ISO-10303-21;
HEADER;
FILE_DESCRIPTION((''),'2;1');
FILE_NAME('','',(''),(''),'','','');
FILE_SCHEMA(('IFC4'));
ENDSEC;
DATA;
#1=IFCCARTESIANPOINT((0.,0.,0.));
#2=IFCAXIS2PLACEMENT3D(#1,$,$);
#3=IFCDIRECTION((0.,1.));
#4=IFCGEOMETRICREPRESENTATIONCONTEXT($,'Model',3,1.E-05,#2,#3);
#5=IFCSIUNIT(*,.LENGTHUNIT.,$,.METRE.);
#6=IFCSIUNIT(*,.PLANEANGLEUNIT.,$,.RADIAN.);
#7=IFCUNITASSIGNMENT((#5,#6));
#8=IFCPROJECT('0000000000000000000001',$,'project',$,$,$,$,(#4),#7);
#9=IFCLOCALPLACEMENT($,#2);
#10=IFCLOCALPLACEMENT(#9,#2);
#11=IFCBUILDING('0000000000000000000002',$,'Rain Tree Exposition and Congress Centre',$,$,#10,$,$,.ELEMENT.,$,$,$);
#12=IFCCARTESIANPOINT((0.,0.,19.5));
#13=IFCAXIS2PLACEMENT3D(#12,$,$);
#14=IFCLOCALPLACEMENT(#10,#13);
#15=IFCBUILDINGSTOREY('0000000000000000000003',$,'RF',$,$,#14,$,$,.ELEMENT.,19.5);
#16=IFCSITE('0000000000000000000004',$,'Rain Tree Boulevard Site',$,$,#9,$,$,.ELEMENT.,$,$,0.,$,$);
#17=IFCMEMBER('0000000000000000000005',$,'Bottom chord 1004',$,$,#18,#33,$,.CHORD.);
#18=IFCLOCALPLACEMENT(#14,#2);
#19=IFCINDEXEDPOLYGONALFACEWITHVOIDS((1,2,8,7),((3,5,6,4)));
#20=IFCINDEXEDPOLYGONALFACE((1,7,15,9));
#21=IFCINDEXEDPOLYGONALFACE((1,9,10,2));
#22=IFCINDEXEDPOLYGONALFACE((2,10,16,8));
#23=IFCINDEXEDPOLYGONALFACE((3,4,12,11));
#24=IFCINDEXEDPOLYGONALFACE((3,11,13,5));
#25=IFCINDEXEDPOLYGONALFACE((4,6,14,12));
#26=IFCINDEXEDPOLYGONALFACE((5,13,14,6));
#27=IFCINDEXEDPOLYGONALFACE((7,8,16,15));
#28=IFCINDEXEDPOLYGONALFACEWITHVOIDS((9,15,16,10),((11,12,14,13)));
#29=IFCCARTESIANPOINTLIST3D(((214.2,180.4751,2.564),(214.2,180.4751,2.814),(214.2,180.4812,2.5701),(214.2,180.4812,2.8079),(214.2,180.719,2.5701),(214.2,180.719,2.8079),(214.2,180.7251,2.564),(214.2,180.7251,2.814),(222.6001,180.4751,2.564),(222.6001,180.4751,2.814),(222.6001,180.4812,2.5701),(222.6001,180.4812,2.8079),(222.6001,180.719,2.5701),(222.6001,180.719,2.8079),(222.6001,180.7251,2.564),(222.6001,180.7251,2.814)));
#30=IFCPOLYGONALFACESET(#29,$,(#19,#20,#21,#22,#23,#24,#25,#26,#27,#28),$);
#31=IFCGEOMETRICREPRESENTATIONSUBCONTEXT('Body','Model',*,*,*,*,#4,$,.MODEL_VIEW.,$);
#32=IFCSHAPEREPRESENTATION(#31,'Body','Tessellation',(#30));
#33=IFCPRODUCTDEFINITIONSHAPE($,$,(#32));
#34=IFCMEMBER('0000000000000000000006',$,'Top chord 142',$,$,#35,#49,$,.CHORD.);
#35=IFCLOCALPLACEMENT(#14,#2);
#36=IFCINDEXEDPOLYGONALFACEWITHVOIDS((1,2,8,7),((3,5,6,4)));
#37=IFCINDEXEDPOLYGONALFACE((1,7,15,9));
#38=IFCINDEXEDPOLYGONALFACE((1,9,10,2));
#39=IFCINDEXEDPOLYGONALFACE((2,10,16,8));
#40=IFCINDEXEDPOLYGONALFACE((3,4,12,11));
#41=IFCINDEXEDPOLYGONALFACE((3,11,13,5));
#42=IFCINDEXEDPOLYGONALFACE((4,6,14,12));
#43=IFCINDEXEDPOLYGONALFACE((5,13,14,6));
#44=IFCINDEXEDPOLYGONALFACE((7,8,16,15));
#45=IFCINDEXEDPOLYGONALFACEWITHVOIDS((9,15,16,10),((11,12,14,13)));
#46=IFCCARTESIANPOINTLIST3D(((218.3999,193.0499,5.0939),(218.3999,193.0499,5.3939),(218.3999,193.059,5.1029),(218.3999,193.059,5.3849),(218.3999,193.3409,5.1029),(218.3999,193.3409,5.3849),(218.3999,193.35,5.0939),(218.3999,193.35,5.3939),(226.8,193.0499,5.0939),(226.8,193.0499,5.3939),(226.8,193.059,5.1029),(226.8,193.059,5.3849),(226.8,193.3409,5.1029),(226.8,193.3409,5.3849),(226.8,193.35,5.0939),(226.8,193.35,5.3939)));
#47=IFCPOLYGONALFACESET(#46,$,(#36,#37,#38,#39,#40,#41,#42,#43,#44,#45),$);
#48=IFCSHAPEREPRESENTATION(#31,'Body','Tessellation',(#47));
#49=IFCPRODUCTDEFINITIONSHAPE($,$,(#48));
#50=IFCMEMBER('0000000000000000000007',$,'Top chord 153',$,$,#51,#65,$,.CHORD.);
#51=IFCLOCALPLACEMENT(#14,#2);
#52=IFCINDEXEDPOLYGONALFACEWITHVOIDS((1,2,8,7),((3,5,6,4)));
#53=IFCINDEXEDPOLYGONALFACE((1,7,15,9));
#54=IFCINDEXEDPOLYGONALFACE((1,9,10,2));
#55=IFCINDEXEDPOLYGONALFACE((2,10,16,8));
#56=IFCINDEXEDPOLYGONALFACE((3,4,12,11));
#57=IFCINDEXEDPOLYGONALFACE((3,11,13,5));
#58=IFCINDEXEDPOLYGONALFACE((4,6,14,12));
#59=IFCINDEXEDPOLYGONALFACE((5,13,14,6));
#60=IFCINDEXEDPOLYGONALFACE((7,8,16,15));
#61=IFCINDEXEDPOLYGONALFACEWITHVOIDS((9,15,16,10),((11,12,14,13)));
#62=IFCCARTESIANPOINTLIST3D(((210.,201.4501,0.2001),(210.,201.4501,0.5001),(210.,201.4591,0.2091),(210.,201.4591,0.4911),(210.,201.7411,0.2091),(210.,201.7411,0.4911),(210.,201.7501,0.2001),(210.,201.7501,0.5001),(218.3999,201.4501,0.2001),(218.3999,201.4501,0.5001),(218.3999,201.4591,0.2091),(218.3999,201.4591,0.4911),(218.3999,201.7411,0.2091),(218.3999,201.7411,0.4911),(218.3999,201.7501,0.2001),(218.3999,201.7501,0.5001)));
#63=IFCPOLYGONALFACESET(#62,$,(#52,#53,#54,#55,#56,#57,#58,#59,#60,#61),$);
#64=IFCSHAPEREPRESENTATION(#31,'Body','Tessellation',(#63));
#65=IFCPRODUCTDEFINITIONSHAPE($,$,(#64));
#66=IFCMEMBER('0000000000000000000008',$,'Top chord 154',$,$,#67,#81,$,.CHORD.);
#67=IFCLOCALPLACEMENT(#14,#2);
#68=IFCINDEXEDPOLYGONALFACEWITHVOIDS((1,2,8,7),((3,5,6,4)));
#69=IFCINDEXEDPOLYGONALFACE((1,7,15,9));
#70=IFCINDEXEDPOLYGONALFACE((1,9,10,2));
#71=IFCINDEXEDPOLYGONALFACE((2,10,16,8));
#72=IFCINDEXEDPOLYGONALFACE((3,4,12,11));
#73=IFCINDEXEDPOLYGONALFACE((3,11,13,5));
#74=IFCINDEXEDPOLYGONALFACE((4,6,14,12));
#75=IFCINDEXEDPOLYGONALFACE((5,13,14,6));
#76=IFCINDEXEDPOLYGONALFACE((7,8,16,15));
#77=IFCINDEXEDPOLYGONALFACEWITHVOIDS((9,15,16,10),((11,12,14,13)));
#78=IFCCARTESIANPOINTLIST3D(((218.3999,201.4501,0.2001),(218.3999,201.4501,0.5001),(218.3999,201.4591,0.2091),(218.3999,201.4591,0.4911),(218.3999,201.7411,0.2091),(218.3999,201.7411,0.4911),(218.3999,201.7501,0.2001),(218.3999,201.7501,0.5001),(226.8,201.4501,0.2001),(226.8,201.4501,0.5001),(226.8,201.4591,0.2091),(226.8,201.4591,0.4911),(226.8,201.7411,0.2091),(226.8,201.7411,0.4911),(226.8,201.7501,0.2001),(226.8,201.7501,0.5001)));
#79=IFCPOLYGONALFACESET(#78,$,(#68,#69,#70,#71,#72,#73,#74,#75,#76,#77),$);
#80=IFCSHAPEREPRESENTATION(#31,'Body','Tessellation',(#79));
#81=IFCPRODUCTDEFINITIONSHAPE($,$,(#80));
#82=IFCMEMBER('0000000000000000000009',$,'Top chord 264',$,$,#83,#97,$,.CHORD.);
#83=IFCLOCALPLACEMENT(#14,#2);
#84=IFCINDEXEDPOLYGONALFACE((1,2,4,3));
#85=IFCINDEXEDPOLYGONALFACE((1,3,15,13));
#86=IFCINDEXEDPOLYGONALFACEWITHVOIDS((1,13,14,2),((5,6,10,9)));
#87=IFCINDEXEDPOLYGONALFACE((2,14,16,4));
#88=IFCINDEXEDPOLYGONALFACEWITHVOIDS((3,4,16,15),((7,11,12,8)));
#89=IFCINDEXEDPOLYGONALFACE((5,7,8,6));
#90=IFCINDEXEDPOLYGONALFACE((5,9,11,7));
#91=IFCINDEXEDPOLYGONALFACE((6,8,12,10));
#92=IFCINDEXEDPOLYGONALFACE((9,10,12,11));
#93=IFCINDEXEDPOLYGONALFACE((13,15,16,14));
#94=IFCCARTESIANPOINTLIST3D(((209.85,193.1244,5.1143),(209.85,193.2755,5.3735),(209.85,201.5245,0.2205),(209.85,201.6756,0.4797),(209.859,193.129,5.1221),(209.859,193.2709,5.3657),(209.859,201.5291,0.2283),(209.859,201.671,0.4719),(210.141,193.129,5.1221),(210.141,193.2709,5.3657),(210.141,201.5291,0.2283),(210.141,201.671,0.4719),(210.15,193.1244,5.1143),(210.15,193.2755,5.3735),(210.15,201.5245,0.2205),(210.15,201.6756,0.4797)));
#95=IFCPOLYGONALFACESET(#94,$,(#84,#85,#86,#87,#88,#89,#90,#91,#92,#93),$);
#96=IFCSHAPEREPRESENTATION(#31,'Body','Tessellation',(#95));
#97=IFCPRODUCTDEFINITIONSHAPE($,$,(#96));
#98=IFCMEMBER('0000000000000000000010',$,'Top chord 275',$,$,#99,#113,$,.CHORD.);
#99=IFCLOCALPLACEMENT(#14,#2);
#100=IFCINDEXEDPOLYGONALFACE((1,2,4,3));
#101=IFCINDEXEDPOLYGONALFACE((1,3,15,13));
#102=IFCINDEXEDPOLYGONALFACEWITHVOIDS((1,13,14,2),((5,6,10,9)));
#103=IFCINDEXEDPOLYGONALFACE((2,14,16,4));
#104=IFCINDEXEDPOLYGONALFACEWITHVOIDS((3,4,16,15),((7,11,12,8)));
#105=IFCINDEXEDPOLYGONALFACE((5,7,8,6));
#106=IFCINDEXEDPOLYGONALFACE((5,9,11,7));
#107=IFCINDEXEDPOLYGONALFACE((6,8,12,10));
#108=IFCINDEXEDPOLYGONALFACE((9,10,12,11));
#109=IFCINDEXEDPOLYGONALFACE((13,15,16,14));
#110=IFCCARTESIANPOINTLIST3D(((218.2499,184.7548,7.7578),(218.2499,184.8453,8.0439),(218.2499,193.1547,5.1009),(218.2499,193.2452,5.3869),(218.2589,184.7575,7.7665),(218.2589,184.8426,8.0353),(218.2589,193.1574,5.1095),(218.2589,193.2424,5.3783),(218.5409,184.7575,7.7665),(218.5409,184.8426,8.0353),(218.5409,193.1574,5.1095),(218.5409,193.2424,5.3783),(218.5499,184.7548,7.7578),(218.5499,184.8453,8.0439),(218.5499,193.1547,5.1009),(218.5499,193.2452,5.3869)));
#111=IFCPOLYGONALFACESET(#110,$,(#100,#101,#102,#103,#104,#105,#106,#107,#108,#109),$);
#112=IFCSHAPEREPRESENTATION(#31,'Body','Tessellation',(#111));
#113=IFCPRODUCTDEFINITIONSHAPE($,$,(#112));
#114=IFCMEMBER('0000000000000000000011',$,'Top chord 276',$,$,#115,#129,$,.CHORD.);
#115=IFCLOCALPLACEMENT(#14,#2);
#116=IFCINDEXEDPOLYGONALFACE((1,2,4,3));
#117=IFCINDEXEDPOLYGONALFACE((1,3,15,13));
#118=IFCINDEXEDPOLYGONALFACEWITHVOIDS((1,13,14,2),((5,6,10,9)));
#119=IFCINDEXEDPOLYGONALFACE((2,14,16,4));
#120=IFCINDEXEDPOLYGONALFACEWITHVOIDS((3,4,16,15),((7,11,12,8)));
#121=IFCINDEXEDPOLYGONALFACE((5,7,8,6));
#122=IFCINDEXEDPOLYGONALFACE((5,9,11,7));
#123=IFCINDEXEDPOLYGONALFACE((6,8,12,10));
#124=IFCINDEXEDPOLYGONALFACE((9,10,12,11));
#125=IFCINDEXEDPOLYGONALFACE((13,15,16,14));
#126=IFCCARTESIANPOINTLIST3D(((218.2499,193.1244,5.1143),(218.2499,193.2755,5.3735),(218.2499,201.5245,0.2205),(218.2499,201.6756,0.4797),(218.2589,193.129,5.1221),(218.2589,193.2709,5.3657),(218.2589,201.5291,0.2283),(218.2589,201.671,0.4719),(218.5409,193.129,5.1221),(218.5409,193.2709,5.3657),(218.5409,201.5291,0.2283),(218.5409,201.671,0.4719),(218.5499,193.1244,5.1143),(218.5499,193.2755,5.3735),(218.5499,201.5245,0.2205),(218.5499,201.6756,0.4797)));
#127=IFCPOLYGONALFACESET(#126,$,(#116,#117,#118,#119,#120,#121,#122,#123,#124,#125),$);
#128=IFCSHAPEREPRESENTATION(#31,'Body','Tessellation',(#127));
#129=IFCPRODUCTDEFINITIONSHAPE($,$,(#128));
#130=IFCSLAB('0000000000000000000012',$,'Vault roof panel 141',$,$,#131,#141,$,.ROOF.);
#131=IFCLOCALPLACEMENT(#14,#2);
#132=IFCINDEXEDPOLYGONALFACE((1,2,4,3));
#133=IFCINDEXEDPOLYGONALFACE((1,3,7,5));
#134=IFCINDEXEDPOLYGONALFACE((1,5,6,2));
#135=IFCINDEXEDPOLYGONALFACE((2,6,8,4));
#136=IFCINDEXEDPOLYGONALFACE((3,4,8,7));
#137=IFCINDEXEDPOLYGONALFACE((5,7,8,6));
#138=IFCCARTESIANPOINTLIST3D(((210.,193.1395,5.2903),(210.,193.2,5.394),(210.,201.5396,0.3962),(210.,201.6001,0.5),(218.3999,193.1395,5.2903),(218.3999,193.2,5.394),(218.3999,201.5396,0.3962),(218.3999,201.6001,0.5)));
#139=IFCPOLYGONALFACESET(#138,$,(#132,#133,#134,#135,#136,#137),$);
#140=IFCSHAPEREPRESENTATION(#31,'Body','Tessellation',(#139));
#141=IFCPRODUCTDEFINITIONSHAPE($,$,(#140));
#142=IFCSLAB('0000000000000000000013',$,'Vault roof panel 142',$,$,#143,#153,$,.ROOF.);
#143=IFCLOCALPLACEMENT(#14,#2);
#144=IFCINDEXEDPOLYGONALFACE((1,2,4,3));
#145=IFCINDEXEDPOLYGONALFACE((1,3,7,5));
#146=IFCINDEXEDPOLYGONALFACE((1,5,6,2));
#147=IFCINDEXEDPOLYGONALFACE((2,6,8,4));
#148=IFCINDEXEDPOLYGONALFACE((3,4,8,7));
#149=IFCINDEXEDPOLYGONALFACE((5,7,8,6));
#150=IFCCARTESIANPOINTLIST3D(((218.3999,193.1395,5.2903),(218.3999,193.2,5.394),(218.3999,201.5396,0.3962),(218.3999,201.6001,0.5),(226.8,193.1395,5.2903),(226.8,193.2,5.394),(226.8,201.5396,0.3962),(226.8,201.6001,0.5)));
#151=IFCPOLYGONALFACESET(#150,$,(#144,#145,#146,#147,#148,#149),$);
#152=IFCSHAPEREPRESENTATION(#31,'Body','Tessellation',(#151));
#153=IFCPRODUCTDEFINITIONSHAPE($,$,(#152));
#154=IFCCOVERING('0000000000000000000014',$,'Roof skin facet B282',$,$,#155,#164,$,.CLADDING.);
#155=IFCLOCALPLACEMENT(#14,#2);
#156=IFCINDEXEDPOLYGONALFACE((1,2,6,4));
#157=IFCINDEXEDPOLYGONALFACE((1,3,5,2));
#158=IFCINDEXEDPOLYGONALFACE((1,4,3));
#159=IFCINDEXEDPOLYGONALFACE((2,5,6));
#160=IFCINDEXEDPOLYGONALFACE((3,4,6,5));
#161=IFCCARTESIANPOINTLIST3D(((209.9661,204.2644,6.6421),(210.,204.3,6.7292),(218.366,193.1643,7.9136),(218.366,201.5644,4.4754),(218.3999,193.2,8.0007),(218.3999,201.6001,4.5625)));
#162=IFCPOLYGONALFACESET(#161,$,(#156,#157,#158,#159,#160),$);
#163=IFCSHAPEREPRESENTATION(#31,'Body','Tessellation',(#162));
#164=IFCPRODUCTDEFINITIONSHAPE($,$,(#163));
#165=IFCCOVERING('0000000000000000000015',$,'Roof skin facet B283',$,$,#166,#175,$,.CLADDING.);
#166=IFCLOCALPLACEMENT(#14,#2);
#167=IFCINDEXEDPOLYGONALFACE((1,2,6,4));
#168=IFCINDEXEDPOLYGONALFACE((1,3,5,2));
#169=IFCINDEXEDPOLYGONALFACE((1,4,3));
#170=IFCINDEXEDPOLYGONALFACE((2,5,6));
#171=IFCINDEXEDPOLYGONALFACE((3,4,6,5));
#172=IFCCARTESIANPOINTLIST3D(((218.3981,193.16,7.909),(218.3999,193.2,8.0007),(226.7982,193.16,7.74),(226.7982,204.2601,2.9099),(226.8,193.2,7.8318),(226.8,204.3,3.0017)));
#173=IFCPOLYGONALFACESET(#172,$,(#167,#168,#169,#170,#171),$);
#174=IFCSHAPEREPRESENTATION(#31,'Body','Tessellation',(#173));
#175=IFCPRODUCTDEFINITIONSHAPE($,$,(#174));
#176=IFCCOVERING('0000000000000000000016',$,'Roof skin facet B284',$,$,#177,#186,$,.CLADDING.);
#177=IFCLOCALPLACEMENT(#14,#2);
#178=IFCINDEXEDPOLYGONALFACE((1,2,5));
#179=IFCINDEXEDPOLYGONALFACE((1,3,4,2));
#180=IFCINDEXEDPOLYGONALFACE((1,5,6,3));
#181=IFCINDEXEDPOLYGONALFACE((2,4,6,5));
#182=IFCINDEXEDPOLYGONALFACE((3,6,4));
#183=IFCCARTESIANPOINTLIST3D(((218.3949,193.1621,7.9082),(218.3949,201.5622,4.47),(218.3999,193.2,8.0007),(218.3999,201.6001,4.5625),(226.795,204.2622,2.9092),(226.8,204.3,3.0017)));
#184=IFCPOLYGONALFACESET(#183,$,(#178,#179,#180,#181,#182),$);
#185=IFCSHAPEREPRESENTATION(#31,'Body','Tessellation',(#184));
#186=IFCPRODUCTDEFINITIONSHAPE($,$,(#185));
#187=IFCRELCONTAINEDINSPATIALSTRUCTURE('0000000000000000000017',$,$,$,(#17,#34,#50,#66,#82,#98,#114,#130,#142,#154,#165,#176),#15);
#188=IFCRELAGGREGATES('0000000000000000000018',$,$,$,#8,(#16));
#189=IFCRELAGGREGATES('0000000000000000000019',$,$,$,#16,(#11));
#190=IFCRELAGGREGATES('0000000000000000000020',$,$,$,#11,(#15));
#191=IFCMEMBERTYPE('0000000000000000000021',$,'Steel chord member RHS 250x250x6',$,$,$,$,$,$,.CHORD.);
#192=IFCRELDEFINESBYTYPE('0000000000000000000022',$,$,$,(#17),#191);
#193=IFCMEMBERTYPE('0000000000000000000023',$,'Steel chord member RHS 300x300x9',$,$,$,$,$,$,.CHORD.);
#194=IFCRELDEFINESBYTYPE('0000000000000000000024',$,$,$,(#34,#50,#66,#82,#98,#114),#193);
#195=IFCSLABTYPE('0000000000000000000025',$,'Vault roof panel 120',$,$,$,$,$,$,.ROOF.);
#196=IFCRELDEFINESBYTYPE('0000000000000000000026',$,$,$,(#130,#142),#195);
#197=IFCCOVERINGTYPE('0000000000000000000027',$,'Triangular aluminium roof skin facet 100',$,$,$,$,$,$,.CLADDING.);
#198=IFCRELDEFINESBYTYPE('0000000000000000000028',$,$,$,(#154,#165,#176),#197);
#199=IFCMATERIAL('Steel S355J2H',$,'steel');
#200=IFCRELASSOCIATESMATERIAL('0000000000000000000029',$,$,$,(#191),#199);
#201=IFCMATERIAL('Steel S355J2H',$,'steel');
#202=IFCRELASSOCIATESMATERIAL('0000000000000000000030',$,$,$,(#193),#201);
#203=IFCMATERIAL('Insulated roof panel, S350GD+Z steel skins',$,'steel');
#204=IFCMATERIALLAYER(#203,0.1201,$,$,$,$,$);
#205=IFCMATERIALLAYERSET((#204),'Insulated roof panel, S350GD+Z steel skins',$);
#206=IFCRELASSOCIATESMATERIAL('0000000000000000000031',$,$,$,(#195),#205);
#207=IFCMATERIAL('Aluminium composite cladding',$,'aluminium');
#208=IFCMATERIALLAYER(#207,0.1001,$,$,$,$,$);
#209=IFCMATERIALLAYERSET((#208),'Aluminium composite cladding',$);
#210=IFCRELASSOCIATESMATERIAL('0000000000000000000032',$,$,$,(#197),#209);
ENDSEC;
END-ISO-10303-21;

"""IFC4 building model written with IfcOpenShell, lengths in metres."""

from ifc_helpers import new_model, si_unit, direction, frame, origin, origin_2d, place, context, subcontext, project, spatial, polyline, hollow_rectangle, outline, extrude, material, layer, layer_set, material_profile, profile_set, type_object, element, save


model = new_model("IFC4")

# Units and contexts
model_context = context("Model", 3, precision=1e-05, world=origin(), true_north=direction((0.0, 1.0)))
body_context = subcontext(model_context, "Body", "Model", "MODEL_VIEW")
ifc_project = project(units=[si_unit("LENGTHUNIT", "METRE"), si_unit("PLANEANGLEUNIT", "RADIAN")], contexts=[model_context])

# Site, building, storey
site_placement = place(None, origin())
site = spatial("IfcSite", under=ifc_project, at=site_placement, Name="Rain Tree Boulevard Site", CompositionType="ELEMENT", RefElevation=0.0)
building_placement = place(site_placement, origin())
building = spatial("IfcBuilding", under=site, at=building_placement, Name="Rain Tree Exposition and Congress Centre", CompositionType="ELEMENT")
storey_placement = place(building_placement, frame((0.0, 0.0, 19.5)))
storey = spatial("IfcBuildingStorey", under=building, at=storey_placement, Name="RF", CompositionType="ELEMENT", Elevation=19.5)

# Members
ifc_material_1 = material(Name="Steel S355J2H", Category="steel")
ifc_material_profile_1 = material_profile(ifc_material_1, hollow_rectangle(XDim=0.25, YDim=0.25, WallThickness=0.0061, at=origin_2d()), Name="RHS 250x250x6")
ifc_profile_set_1 = profile_set([ifc_material_profile_1], Name="Steel S355J2H")
member_type_1 = type_object("IfcMemberType", Name="Steel chord member RHS 250x250x6", PredefinedType="CHORD", material=ifc_profile_set_1)
member_1_placement = place(storey_placement, frame((214.2, 180.6001, 2.689), z_axis=(1.0, 0.0, 0.0), x_axis=(0.0, 1.0, 0.0)))
element("IfcMember", 1, at=member_1_placement, inside=storey, type_object=member_type_1, Name="Bottom chord 1004", PredefinedType="CHORD", context=body_context, shape_type="SweptSolid", body=[
    extrude(hollow_rectangle(XDim=0.25, YDim=0.25, WallThickness=0.0061, at=origin_2d()), origin(), (0.0, 0.0, 1.0), 8.4001),
])
ifc_material_2 = material(Name="Steel S355J2H", Category="steel")
ifc_material_profile_2 = material_profile(ifc_material_2, hollow_rectangle(XDim=0.3, YDim=0.3, WallThickness=0.009, at=origin_2d()), Name="RHS 300x300x9")
ifc_profile_set_2 = profile_set([ifc_material_profile_2], Name="Steel S355J2H")
member_type_2 = type_object("IfcMemberType", Name="Steel chord member RHS 300x300x9", PredefinedType="CHORD", material=ifc_profile_set_2)
member_2_placement = place(storey_placement, frame((218.3999, 193.2, 5.2439), z_axis=(1.0, 0.0, 0.0), x_axis=(0.0, 1.0, 0.0)))
element("IfcMember", 2, at=member_2_placement, inside=storey, type_object=member_type_2, Name="Top chord 142", PredefinedType="CHORD", context=body_context, shape_type="SweptSolid", body=[
    extrude(hollow_rectangle(XDim=0.3, YDim=0.3, WallThickness=0.009, at=origin_2d()), origin(), (0.0, 0.0, 1.0), 8.4001),
])
member_3_placement = place(storey_placement, frame((210.0, 201.6001, 0.3501), z_axis=(1.0, 0.0, 0.0), x_axis=(0.0, 1.0, 0.0)))
element("IfcMember", 3, at=member_3_placement, inside=storey, type_object=member_type_2, Name="Top chord 153", PredefinedType="CHORD", context=body_context, shape_type="SweptSolid", body=[
    extrude(hollow_rectangle(XDim=0.3, YDim=0.3, WallThickness=0.009, at=origin_2d()), origin(), (0.0, 0.0, 1.0), 8.3999),
])
member_4_placement = place(storey_placement, frame((218.3999, 201.6001, 0.3501), z_axis=(1.0, 0.0, 0.0), x_axis=(0.0, 1.0, 0.0)))
element("IfcMember", 4, at=member_4_placement, inside=storey, type_object=member_type_2, Name="Top chord 154", PredefinedType="CHORD", context=body_context, shape_type="SweptSolid", body=[
    extrude(hollow_rectangle(XDim=0.3, YDim=0.3, WallThickness=0.009, at=origin_2d()), origin(), (0.0, 0.0, 1.0), 8.4001),
])
member_5_placement = place(storey_placement, frame((210.0, 193.2, 5.2439), z_axis=(0.0, 0.86406, -0.503388), x_axis=(-1.0, 0.0, 0.0)))
element("IfcMember", 5, at=member_5_placement, inside=storey, type_object=member_type_2, Name="Top chord 264", PredefinedType="CHORD", context=body_context, shape_type="SweptSolid", body=[
    extrude(hollow_rectangle(XDim=0.3, YDim=0.3, WallThickness=0.009, at=origin_2d()), origin(), (0.0, 0.0, 1.0), 9.7217),
])
member_6_placement = place(storey_placement, frame((218.3999, 184.8, 7.9009), z_axis=(0.0, 0.95344, -0.301584), x_axis=(-1.0, 0.0, 0.0)))
element("IfcMember", 6, at=member_6_placement, inside=storey, type_object=member_type_2, Name="Top chord 275", PredefinedType="CHORD", context=body_context, shape_type="SweptSolid", body=[
    extrude(hollow_rectangle(XDim=0.3, YDim=0.3, WallThickness=0.009, at=origin_2d()), origin(), (0.0, 0.0, 1.0), 8.8101),
])
member_7_placement = place(storey_placement, frame((218.3999, 193.2, 5.2439), z_axis=(0.0, 0.86406, -0.503388), x_axis=(-1.0, 0.0, 0.0)))
element("IfcMember", 7, at=member_7_placement, inside=storey, type_object=member_type_2, Name="Top chord 276", PredefinedType="CHORD", context=body_context, shape_type="SweptSolid", body=[
    extrude(hollow_rectangle(XDim=0.3, YDim=0.3, WallThickness=0.009, at=origin_2d()), origin(), (0.0, 0.0, 1.0), 9.7217),
])

# Slabs
ifc_material_3 = material(Name="Insulated roof panel, S350GD+Z steel skins", Category="steel")
ifc_layer_1 = layer(ifc_material_3, 0.1201)
ifc_layer_set_1 = layer_set([ifc_layer_1], Name="Insulated roof panel, S350GD+Z steel skins")
slab_type = type_object("IfcSlabType", Name="Vault roof panel 120", PredefinedType="ROOF", material=ifc_layer_set_1)
slab_1_placement = place(storey_placement, frame((210.0, 193.2, 5.394), z_axis=(0.0, 0.503407, 0.864049), x_axis=(1.0, 0.0, 0.0)))
element("IfcSlab", 8, at=slab_1_placement, inside=storey, type_object=slab_type, Name="Vault roof panel 141", PredefinedType="ROOF", context=body_context, shape_type="SweptSolid", body=[
    extrude(outline(polyline([(0.0, 0.0), (8.3999, 0.0), (8.3999, 9.7218), (0.0, 9.7218), (0.0, 0.0)])), origin(), (0.0, 0.0, -1.0), 0.1201),
])
slab_2_placement = place(storey_placement, frame((218.3999, 193.2, 5.394), z_axis=(0.0, 0.503407, 0.864049), x_axis=(1.0, 0.0, 0.0)))
element("IfcSlab", 9, at=slab_2_placement, inside=storey, type_object=slab_type, Name="Vault roof panel 142", PredefinedType="ROOF", context=body_context, shape_type="SweptSolid", body=[
    extrude(outline(polyline([(0.0, 0.0), (8.4001, 0.0), (8.4001, 9.7218), (0.0, 9.7218), (0.0, 0.0)])), origin(), (0.0, 0.0, -1.0), 0.1201),
])

# Coverings
ifc_material_4 = material(Name="Aluminium composite cladding", Category="aluminium")
ifc_layer_2 = layer(ifc_material_4, 0.1001)
ifc_layer_set_2 = layer_set([ifc_layer_2], Name="Aluminium composite cladding")
covering_type = type_object("IfcCoveringType", Name="Triangular aluminium roof skin facet 100", PredefinedType="CLADDING", material=ifc_layer_set_2)
covering_1_placement = place(storey_placement, frame((218.3999, 193.2, 8.0007), z_axis=(0.339122, 0.356357, 0.870635), x_axis=(0.0, 0.925477, -0.378804)))
element("IfcCovering", 10, at=covering_1_placement, inside=storey, type_object=covering_type, Name="Roof skin facet B282", PredefinedType="CLADDING", context=body_context, shape_type="SweptSolid", body=[
    extrude(outline(polyline([(0.0, 0.0), (9.0766, 0.0), (10.7545, 8.929), (0.0, 0.0)])), origin(), (0.0, 0.0, -1.0), 0.1001),
])
covering_2_placement = place(storey_placement, frame((218.3999, 193.2, 8.0007), z_axis=(0.018439, 0.398933, 0.916795), x_axis=(0.999798, 0.0, -0.020108)))
element("IfcCovering", 11, at=covering_2_placement, inside=storey, type_object=covering_type, Name="Roof skin facet B283", PredefinedType="CLADDING", context=body_context, shape_type="SweptSolid", body=[
    extrude(outline(polyline([(0.0, 0.0), (8.4018, 0.0), (8.499, 12.1051), (0.0, 0.0)])), origin(), (0.0, 0.0, -1.0), 0.1001),
])
covering_3_placement = place(storey_placement, frame((218.3999, 193.2, 8.0007), z_axis=(0.050141, 0.378327, 0.924313), x_axis=(0.567934, 0.750478, -0.337984)))
element("IfcCovering", 12, at=covering_3_placement, inside=storey, type_object=covering_type, Name="Roof skin facet B284", PredefinedType="CLADDING", context=body_context, shape_type="SweptSolid", body=[
    extrude(outline(polyline([(0.0, 0.0), (14.7907, 0.0), (7.4662, 5.1614), (0.0, 0.0)])), origin(), (0.0, 0.0, -1.0), 0.1001),
])

save(model, "model.ifc")
